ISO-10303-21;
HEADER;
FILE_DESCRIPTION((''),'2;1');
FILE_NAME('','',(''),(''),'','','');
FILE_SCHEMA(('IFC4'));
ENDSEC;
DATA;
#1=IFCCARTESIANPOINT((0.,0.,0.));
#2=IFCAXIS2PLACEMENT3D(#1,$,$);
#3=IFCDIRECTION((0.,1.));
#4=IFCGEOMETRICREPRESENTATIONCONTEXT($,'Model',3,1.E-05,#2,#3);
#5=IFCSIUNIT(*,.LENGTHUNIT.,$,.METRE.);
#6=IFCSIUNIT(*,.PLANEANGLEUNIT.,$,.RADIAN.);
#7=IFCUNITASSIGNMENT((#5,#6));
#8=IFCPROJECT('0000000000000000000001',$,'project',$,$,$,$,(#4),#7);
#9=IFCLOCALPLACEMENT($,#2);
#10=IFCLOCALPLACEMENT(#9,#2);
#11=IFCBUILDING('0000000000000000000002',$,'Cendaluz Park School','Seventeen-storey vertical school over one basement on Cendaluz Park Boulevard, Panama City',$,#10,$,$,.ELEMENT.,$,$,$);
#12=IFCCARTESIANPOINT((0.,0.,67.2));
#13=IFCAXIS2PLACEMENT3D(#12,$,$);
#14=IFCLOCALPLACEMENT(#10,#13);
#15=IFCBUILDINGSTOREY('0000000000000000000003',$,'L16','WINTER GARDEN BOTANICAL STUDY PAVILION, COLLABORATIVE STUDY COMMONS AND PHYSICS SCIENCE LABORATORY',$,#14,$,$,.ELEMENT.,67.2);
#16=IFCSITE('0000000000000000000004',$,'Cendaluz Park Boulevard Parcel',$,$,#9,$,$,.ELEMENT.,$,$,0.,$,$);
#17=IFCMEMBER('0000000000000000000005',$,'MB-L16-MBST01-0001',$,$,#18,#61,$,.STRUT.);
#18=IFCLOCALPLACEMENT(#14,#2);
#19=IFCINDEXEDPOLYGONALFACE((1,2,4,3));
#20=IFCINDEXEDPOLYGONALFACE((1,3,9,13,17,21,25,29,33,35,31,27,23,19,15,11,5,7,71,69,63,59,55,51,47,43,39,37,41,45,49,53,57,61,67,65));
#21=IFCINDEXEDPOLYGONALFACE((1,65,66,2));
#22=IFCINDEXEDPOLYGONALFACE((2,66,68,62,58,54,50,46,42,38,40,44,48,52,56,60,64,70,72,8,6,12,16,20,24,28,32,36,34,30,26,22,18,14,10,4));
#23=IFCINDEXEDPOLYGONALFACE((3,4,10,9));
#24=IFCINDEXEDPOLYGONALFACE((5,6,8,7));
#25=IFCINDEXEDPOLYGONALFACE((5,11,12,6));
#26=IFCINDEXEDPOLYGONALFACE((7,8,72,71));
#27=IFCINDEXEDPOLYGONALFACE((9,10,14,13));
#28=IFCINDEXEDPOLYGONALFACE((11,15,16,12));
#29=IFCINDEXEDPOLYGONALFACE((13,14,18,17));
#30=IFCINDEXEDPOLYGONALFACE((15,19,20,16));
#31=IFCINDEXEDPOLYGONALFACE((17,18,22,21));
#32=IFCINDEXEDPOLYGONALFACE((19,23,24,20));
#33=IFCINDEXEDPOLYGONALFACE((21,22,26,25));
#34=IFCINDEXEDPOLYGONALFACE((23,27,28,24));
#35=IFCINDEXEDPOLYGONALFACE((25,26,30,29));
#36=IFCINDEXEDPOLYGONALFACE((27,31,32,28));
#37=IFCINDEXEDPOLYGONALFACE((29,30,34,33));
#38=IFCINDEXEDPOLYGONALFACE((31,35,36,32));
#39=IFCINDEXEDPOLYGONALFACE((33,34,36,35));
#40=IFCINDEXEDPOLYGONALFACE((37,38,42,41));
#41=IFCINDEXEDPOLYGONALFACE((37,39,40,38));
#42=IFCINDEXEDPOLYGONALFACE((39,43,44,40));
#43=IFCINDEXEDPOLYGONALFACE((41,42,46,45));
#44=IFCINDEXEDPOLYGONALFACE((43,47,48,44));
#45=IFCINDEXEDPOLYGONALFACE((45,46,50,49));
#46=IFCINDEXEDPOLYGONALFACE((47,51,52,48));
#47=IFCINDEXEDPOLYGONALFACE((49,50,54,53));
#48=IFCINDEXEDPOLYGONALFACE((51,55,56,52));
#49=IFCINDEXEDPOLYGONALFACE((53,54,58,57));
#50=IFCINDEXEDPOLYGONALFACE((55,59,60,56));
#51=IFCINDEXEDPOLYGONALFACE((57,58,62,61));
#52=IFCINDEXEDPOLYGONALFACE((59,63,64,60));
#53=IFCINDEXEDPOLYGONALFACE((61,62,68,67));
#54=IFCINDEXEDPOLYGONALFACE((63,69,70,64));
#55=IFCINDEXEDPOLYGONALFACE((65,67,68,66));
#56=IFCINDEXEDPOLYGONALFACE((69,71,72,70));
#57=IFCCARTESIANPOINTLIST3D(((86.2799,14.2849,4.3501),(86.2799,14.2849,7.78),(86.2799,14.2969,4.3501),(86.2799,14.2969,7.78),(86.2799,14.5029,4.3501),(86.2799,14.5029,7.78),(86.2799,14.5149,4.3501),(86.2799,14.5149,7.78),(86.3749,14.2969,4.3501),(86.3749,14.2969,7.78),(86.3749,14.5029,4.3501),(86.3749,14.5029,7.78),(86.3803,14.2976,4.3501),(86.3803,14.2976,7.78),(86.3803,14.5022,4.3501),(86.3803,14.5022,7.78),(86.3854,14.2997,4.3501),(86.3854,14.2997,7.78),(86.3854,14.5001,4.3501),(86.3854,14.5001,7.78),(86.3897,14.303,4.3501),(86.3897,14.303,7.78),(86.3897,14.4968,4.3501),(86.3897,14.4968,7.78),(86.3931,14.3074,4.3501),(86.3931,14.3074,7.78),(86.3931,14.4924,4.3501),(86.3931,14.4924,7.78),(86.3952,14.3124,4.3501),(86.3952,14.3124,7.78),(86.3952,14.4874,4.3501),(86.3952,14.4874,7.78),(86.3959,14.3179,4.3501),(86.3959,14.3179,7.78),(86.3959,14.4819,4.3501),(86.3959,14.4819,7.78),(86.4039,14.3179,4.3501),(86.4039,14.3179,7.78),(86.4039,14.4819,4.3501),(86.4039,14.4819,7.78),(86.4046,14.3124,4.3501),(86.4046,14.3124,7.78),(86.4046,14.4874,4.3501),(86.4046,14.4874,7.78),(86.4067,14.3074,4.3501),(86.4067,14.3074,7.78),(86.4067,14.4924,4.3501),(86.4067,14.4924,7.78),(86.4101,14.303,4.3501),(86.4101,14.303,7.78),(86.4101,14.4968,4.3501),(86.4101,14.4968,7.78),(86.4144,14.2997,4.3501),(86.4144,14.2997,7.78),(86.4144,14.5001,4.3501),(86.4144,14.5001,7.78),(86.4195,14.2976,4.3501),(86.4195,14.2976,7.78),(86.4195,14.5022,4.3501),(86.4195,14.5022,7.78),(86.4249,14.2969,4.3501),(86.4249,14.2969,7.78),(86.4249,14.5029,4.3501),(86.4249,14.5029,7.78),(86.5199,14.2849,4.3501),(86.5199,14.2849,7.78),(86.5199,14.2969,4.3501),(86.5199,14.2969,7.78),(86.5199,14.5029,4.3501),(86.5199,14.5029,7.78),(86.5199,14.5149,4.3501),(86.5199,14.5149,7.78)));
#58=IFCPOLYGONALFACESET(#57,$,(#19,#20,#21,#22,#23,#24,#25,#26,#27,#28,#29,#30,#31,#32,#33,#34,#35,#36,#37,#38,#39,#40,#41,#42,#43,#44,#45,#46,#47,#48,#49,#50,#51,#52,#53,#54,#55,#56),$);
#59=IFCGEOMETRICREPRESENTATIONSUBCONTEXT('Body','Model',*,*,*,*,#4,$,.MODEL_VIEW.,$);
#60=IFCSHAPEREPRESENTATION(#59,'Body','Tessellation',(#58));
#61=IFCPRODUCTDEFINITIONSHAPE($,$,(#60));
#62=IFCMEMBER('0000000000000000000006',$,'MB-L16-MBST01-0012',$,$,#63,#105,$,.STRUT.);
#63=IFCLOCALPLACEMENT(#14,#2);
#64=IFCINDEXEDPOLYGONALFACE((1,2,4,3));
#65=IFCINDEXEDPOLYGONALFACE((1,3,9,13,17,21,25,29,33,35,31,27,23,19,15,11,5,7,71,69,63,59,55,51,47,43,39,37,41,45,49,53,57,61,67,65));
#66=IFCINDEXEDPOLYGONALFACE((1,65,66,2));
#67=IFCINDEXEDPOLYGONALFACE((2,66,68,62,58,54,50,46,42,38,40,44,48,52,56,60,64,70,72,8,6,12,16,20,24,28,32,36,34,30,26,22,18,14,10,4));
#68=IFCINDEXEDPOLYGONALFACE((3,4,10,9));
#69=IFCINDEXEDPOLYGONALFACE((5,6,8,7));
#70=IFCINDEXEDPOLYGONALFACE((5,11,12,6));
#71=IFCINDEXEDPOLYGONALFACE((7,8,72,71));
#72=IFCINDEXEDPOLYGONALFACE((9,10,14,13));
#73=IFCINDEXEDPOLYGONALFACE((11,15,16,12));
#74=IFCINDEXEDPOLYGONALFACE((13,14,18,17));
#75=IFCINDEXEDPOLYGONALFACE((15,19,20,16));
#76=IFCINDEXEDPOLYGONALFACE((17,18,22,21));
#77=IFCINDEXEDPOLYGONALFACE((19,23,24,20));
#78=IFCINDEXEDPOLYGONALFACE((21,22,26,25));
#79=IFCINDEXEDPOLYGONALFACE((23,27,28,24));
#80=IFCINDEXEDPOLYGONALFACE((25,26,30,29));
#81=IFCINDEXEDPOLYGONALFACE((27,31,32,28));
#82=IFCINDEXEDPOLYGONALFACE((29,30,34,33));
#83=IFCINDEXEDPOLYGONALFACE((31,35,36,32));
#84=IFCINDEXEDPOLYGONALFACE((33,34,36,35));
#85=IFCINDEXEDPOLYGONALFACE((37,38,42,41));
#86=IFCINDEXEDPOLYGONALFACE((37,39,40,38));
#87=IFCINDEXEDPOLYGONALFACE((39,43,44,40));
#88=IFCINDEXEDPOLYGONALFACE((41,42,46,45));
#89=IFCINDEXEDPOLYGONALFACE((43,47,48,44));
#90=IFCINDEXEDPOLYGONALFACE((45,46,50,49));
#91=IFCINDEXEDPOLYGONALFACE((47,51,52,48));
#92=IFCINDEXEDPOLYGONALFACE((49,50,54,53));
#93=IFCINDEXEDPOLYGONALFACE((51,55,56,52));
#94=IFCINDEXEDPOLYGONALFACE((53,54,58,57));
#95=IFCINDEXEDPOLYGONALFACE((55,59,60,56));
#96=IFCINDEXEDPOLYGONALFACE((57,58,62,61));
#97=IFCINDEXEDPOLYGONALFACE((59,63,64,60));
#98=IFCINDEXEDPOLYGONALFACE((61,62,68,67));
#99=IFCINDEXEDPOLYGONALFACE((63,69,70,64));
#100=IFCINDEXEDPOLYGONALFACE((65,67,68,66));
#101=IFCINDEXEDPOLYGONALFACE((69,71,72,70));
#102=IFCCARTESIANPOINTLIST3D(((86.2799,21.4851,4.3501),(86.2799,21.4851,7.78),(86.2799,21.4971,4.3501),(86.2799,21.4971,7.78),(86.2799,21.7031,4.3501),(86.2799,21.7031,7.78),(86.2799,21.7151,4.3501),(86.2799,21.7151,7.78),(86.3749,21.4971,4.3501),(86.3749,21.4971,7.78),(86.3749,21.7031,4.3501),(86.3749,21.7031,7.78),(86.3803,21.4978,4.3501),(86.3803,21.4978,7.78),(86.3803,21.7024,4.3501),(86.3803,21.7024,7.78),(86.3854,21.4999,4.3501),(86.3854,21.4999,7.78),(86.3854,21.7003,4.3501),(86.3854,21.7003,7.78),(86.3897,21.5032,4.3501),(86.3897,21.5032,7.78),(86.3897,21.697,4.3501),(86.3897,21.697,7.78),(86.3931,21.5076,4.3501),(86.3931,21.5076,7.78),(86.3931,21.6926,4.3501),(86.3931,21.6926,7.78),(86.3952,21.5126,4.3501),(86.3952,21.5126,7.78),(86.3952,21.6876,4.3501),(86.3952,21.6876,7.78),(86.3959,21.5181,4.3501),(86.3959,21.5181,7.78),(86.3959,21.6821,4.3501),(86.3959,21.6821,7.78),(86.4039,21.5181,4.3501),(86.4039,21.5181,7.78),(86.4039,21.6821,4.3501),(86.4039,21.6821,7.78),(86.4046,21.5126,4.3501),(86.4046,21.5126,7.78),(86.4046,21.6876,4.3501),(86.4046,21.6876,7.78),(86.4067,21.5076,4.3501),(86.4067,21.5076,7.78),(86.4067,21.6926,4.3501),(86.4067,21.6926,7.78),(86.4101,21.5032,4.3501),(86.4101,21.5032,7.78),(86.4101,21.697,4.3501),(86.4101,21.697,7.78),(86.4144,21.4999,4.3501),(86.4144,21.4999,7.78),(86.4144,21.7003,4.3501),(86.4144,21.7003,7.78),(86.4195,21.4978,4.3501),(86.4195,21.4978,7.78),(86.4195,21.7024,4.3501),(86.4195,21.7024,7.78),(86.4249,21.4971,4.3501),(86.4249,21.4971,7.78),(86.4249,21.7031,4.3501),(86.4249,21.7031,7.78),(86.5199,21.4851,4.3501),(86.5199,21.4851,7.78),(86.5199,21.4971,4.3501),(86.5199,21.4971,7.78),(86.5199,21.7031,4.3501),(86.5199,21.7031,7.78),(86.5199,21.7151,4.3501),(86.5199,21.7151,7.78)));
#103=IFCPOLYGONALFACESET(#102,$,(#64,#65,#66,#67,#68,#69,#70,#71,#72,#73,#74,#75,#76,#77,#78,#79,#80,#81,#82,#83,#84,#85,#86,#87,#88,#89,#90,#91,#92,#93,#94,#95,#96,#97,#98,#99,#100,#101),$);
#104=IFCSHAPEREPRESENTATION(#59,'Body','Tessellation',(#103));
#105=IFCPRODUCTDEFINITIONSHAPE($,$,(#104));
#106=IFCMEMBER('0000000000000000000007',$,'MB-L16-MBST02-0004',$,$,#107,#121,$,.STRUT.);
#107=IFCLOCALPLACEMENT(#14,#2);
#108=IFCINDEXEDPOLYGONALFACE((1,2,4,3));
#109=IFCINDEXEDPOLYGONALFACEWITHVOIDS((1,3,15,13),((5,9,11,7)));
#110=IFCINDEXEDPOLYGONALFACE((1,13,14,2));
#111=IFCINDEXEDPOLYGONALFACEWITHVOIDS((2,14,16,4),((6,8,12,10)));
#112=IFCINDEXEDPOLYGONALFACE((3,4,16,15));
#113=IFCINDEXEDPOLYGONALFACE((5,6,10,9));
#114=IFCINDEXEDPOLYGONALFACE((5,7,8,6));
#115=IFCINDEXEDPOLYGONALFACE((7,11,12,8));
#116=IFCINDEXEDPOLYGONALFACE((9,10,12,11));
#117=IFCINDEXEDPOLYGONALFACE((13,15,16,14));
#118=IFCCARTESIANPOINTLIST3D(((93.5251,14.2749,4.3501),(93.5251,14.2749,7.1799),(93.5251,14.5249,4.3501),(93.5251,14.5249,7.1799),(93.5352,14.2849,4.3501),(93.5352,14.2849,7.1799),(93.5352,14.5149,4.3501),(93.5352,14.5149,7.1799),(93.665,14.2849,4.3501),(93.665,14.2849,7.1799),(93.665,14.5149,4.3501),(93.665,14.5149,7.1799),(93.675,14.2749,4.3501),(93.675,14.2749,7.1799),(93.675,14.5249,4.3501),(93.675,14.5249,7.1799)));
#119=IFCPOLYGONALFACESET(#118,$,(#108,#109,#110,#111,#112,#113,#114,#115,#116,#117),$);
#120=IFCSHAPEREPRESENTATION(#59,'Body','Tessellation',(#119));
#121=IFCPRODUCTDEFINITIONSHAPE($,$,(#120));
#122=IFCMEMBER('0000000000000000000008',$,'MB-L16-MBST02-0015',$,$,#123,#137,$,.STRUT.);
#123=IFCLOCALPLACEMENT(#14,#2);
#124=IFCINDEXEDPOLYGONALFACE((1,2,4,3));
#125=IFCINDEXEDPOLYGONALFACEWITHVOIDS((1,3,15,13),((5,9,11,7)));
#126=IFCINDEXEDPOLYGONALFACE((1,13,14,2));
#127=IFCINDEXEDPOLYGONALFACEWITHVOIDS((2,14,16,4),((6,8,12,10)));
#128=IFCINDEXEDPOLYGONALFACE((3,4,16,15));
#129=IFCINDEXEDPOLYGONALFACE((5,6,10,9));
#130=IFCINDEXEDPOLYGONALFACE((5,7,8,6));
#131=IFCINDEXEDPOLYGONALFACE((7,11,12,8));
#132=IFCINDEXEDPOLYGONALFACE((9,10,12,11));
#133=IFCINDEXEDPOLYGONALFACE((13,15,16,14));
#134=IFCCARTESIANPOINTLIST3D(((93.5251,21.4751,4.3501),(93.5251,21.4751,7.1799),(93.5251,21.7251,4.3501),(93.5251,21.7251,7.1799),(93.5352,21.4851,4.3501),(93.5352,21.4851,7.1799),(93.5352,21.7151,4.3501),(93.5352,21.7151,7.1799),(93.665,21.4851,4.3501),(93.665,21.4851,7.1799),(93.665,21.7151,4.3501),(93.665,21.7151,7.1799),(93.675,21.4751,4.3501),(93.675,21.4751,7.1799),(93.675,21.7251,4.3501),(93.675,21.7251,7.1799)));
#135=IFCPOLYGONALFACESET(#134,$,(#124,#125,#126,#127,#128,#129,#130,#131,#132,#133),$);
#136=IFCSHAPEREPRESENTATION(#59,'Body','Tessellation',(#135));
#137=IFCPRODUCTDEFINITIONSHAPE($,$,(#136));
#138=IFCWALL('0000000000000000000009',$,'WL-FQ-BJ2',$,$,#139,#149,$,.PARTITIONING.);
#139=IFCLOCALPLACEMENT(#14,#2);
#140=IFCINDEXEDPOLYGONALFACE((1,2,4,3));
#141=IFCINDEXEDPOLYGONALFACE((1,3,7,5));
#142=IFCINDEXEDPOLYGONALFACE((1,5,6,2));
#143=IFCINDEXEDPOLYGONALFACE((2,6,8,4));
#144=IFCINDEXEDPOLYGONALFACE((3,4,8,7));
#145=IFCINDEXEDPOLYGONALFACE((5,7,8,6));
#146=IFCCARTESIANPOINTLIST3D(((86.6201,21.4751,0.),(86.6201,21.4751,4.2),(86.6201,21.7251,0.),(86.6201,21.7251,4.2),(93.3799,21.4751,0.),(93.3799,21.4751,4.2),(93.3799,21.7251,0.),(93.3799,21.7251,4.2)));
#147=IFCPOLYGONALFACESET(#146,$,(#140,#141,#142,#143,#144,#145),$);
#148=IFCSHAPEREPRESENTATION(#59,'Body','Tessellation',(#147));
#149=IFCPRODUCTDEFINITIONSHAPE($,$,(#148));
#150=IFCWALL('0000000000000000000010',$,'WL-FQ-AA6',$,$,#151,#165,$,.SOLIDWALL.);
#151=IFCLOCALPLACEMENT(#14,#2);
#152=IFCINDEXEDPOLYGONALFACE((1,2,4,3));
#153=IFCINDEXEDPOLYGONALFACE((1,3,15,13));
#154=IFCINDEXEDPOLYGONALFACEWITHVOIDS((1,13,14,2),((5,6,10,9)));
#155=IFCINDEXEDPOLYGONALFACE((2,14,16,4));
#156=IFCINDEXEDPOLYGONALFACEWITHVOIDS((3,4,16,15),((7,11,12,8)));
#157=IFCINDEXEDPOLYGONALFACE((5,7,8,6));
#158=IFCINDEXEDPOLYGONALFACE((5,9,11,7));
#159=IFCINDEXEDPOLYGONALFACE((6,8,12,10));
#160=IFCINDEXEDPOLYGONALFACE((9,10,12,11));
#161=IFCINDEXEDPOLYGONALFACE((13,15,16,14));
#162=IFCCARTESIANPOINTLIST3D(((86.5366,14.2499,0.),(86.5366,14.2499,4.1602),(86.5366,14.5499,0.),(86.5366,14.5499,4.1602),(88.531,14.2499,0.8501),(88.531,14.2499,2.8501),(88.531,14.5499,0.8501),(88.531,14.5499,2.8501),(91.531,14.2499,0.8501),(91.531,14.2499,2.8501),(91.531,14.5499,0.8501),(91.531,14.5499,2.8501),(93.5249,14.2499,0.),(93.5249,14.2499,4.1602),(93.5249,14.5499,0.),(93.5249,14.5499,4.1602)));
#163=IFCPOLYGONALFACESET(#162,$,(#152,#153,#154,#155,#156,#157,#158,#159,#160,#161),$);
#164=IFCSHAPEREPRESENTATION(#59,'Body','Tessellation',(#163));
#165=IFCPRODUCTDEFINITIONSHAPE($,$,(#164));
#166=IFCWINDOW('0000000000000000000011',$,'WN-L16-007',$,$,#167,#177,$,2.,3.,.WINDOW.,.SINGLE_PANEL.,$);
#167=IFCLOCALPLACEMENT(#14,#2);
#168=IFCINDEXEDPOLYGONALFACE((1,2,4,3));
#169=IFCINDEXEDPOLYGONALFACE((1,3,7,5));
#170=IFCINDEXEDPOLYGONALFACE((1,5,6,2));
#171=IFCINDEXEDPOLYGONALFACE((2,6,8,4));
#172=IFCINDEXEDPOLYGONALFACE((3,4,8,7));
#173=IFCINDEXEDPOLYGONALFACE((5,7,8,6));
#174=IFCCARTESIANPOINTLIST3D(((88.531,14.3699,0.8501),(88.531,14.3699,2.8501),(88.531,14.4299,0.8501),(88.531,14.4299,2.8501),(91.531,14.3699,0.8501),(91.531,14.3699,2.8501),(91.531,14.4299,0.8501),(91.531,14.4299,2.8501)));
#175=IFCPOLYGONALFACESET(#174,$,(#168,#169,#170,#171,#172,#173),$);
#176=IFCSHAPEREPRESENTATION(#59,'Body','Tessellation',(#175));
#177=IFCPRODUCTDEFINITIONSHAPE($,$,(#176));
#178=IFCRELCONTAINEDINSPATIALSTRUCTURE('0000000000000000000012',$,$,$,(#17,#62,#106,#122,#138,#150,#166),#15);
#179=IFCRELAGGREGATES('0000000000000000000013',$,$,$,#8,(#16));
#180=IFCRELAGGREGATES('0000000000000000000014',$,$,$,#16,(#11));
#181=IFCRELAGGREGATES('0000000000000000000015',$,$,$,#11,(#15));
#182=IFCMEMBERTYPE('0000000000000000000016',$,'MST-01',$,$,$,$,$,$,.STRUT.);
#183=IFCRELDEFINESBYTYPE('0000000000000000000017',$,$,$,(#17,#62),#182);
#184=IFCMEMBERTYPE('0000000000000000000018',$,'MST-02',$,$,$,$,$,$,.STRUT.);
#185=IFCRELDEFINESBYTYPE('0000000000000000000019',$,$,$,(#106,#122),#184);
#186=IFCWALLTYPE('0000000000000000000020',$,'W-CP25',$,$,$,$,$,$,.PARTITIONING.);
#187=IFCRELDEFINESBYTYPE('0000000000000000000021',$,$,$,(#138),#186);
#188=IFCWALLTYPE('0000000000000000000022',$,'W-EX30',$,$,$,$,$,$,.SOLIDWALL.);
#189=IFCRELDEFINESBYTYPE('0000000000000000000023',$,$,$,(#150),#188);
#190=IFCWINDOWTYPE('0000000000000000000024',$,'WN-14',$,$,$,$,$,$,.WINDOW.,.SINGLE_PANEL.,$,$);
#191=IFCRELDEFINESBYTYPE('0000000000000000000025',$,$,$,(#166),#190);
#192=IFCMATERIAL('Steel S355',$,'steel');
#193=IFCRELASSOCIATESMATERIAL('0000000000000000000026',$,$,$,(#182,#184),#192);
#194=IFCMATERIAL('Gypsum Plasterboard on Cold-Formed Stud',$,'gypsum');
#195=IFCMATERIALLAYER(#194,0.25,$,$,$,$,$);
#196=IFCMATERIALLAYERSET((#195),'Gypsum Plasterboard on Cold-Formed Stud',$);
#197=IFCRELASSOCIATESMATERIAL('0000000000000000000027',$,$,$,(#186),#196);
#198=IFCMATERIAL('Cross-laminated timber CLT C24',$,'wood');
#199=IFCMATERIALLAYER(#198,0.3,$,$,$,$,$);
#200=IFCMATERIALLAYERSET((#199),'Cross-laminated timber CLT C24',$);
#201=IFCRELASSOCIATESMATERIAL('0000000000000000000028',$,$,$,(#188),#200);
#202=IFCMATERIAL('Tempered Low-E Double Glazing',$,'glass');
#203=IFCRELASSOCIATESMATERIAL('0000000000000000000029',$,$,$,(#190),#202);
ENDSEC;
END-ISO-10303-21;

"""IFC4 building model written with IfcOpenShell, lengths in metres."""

from ifc_helpers import new_model, si_unit, direction, frame, frame_2d, origin, origin_2d, place, context, subcontext, project, spatial, rectangle, hollow_rectangle, i_section, extrude, material, layer, layer_set, material_profile, profile_set, type_object, element, fill, save


model = new_model("IFC4")

# Units and contexts
model_context = context("Model", 3, precision=1e-05, world=origin(), true_north=direction((0.0, 1.0)))
body_context = subcontext(model_context, "Body", "Model", "MODEL_VIEW")
ifc_project = project(units=[si_unit("LENGTHUNIT", "METRE"), si_unit("PLANEANGLEUNIT", "RADIAN")], contexts=[model_context])

# Site, building, storey
site_placement = place(None, origin())
site = spatial("IfcSite", under=ifc_project, at=site_placement, Name="Cendaluz Park Boulevard Parcel", CompositionType="ELEMENT", RefElevation=0.0)
building_placement = place(site_placement, origin())
building = spatial("IfcBuilding", under=site, at=building_placement, Name="Cendaluz Park School", Description="Seventeen-storey vertical school over one basement on Cendaluz Park Boulevard, Panama City", CompositionType="ELEMENT")
storey_placement = place(building_placement, frame((0.0, 0.0, 67.2)))
storey = spatial("IfcBuildingStorey", under=building, at=storey_placement, Name="L16", Description="WINTER GARDEN BOTANICAL STUDY PAVILION, COLLABORATIVE STUDY COMMONS AND PHYSICS SCIENCE LABORATORY", CompositionType="ELEMENT", Elevation=67.2)

# Shared definitions
ifc_material_1 = material(Name="Steel S355", Category="steel")

# Members
ifc_material_profile_1 = material_profile(ifc_material_1, i_section(OverallWidth=0.24, OverallDepth=0.23, WebThickness=0.0081, FlangeThickness=0.012, FilletRadius=0.021, at=origin_2d()), Name="HEA 240", Category="steel")
ifc_profile_set_1 = profile_set([ifc_material_profile_1], Name="Steel S355")
member_type_1 = type_object("IfcMemberType", Name="MST-01", PredefinedType="STRUT", material=ifc_profile_set_1)
for number, where, z_axis, x_axis, name in (
    (1, (86.3999, 14.3999, 4.3501), (0.0, 0.0, 1.0), (1.0, 0.0, 0.0), "MB-L16-MBST01-0001"),
    (2, (86.3999, 21.6001, 4.3501), (0.0, 0.0, 1.0), (1.0, 0.0, 0.0), "MB-L16-MBST01-0012"),
):
    element("IfcMember", number, at=place(storey_placement, frame(where, z_axis=z_axis, x_axis=x_axis)), inside=storey, type_object=member_type_1, Name=name, PredefinedType="STRUT", context=body_context, shape_type="SweptSolid", body=[
        extrude(i_section(OverallWidth=0.24, OverallDepth=0.23, WebThickness=0.0081, FlangeThickness=0.012, FilletRadius=0.021, at=origin_2d()), origin(), (0.0, 0.0, 1.0), 3.4299),
    ])
ifc_material_profile_2 = material_profile(ifc_material_1, hollow_rectangle(XDim=0.1499, YDim=0.25, WallThickness=0.01, at=origin_2d()), Name="RHS 250x150x10", Category="steel")
ifc_profile_set_2 = profile_set([ifc_material_profile_2], Name="Steel S355")
member_type_2 = type_object("IfcMemberType", Name="MST-02", PredefinedType="STRUT", material=ifc_profile_set_2)
for number, where, z_axis, x_axis, name in (
    (3, (93.6001, 14.3999, 4.3501), (0.0, 0.0, 1.0), (1.0, 0.0, 0.0), "MB-L16-MBST02-0004"),
    (4, (93.6001, 21.6001, 4.3501), (0.0, 0.0, 1.0), (1.0, 0.0, 0.0), "MB-L16-MBST02-0015"),
):
    element("IfcMember", number, at=place(storey_placement, frame(where, z_axis=z_axis, x_axis=x_axis)), inside=storey, type_object=member_type_2, Name=name, PredefinedType="STRUT", context=body_context, shape_type="SweptSolid", body=[
        extrude(hollow_rectangle(XDim=0.1499, YDim=0.25, WallThickness=0.01, at=origin_2d()), origin(), (0.0, 0.0, 1.0), 2.8298),
    ])

# Wall
ifc_material_2 = material(Name="Gypsum Plasterboard on Cold-Formed Stud", Category="gypsum")
ifc_layer_1 = layer(ifc_material_2, 0.25)
ifc_layer_set_1 = layer_set([ifc_layer_1], Name="Gypsum Plasterboard on Cold-Formed Stud")
wall_type_1 = type_object("IfcWallType", Name="W-CP25", PredefinedType="PARTITIONING", material=ifc_layer_set_1)
wall_1_placement = place(storey_placement, frame((86.6201, 21.6001, 0.0), z_axis=(0.0, 0.0, 1.0), x_axis=(1.0, 0.0, 0.0)))
element("IfcWall", 5, at=wall_1_placement, inside=storey, type_object=wall_type_1, Name="WL-FQ-BJ2", PredefinedType="PARTITIONING", context=body_context, shape_type="SweptSolid", body=[
    extrude(rectangle(XDim=6.7598, YDim=0.25, at=frame_2d((3.3799, 0.0))), origin(), (0.0, 0.0, 1.0), 4.2),
])

# Wall, opening, window
ifc_material_3 = material(Name="Cross-laminated timber CLT C24", Category="wood")
ifc_layer_2 = layer(ifc_material_3, 0.3)
ifc_layer_set_2 = layer_set([ifc_layer_2], Name="Cross-laminated timber CLT C24")
wall_type_2 = type_object("IfcWallType", Name="W-EX30", PredefinedType="SOLIDWALL", material=ifc_layer_set_2)
wall_2_placement = place(storey_placement, frame((86.5366, 14.3999, 0.0), z_axis=(0.0, 0.0, 1.0), x_axis=(1.0, 0.0, 0.0)))
wall_2 = element("IfcWall", 6, at=wall_2_placement, inside=storey, type_object=wall_type_2, Name="WL-FQ-AA6", PredefinedType="SOLIDWALL", context=body_context, shape_type="SweptSolid", body=[
    extrude(rectangle(XDim=6.9883, YDim=0.3, at=frame_2d((3.4941, 0.0))), origin(), (0.0, 0.0, 1.0), 4.1602),
])
opening_1_placement = place(wall_2_placement, frame((1.9944, 0.0, 0.8501)))
opening_1 = element("IfcOpeningElement", 7, at=opening_1_placement, cuts=wall_2, PredefinedType="OPENING", context=body_context, shape_type="SweptSolid", body=[
    extrude(rectangle(XDim=3.0, YDim=2.0, at=frame_2d((1.5, 1.0))), frame((0.0, 0.1621, 0.0), z_axis=(0.0, -1.0, 0.0), x_axis=(1.0, 0.0, 0.0)), (0.0, 0.0, 1.0), 0.324),
])
ifc_material_4 = material(Name="Tempered Low-E Double Glazing", Category="glass")
window_type_1 = type_object("IfcWindowType", Name="WN-14", PartitioningType="SINGLE_PANEL", PredefinedType="WINDOW", material=ifc_material_4)
window_1_placement = place(opening_1_placement, origin())
window_1 = element("IfcWindow", 8, at=window_1_placement, inside=storey, type_object=window_type_1, Name="WN-L16-007", OverallHeight=2.0, OverallWidth=3.0, PartitioningType="SINGLE_PANEL", PredefinedType="WINDOW", context=body_context, shape_type="SweptSolid", body=[
    extrude(rectangle(XDim=3.0, YDim=2.0, at=frame_2d((1.5, 1.0))), frame((0.0, 0.03, 0.0), z_axis=(0.0, -1.0, 0.0), x_axis=(1.0, 0.0, 0.0)), (0.0, 0.0, 1.0), 0.0601),
])
fill(opening_1, window_1)

save(model, "model.ifc")
